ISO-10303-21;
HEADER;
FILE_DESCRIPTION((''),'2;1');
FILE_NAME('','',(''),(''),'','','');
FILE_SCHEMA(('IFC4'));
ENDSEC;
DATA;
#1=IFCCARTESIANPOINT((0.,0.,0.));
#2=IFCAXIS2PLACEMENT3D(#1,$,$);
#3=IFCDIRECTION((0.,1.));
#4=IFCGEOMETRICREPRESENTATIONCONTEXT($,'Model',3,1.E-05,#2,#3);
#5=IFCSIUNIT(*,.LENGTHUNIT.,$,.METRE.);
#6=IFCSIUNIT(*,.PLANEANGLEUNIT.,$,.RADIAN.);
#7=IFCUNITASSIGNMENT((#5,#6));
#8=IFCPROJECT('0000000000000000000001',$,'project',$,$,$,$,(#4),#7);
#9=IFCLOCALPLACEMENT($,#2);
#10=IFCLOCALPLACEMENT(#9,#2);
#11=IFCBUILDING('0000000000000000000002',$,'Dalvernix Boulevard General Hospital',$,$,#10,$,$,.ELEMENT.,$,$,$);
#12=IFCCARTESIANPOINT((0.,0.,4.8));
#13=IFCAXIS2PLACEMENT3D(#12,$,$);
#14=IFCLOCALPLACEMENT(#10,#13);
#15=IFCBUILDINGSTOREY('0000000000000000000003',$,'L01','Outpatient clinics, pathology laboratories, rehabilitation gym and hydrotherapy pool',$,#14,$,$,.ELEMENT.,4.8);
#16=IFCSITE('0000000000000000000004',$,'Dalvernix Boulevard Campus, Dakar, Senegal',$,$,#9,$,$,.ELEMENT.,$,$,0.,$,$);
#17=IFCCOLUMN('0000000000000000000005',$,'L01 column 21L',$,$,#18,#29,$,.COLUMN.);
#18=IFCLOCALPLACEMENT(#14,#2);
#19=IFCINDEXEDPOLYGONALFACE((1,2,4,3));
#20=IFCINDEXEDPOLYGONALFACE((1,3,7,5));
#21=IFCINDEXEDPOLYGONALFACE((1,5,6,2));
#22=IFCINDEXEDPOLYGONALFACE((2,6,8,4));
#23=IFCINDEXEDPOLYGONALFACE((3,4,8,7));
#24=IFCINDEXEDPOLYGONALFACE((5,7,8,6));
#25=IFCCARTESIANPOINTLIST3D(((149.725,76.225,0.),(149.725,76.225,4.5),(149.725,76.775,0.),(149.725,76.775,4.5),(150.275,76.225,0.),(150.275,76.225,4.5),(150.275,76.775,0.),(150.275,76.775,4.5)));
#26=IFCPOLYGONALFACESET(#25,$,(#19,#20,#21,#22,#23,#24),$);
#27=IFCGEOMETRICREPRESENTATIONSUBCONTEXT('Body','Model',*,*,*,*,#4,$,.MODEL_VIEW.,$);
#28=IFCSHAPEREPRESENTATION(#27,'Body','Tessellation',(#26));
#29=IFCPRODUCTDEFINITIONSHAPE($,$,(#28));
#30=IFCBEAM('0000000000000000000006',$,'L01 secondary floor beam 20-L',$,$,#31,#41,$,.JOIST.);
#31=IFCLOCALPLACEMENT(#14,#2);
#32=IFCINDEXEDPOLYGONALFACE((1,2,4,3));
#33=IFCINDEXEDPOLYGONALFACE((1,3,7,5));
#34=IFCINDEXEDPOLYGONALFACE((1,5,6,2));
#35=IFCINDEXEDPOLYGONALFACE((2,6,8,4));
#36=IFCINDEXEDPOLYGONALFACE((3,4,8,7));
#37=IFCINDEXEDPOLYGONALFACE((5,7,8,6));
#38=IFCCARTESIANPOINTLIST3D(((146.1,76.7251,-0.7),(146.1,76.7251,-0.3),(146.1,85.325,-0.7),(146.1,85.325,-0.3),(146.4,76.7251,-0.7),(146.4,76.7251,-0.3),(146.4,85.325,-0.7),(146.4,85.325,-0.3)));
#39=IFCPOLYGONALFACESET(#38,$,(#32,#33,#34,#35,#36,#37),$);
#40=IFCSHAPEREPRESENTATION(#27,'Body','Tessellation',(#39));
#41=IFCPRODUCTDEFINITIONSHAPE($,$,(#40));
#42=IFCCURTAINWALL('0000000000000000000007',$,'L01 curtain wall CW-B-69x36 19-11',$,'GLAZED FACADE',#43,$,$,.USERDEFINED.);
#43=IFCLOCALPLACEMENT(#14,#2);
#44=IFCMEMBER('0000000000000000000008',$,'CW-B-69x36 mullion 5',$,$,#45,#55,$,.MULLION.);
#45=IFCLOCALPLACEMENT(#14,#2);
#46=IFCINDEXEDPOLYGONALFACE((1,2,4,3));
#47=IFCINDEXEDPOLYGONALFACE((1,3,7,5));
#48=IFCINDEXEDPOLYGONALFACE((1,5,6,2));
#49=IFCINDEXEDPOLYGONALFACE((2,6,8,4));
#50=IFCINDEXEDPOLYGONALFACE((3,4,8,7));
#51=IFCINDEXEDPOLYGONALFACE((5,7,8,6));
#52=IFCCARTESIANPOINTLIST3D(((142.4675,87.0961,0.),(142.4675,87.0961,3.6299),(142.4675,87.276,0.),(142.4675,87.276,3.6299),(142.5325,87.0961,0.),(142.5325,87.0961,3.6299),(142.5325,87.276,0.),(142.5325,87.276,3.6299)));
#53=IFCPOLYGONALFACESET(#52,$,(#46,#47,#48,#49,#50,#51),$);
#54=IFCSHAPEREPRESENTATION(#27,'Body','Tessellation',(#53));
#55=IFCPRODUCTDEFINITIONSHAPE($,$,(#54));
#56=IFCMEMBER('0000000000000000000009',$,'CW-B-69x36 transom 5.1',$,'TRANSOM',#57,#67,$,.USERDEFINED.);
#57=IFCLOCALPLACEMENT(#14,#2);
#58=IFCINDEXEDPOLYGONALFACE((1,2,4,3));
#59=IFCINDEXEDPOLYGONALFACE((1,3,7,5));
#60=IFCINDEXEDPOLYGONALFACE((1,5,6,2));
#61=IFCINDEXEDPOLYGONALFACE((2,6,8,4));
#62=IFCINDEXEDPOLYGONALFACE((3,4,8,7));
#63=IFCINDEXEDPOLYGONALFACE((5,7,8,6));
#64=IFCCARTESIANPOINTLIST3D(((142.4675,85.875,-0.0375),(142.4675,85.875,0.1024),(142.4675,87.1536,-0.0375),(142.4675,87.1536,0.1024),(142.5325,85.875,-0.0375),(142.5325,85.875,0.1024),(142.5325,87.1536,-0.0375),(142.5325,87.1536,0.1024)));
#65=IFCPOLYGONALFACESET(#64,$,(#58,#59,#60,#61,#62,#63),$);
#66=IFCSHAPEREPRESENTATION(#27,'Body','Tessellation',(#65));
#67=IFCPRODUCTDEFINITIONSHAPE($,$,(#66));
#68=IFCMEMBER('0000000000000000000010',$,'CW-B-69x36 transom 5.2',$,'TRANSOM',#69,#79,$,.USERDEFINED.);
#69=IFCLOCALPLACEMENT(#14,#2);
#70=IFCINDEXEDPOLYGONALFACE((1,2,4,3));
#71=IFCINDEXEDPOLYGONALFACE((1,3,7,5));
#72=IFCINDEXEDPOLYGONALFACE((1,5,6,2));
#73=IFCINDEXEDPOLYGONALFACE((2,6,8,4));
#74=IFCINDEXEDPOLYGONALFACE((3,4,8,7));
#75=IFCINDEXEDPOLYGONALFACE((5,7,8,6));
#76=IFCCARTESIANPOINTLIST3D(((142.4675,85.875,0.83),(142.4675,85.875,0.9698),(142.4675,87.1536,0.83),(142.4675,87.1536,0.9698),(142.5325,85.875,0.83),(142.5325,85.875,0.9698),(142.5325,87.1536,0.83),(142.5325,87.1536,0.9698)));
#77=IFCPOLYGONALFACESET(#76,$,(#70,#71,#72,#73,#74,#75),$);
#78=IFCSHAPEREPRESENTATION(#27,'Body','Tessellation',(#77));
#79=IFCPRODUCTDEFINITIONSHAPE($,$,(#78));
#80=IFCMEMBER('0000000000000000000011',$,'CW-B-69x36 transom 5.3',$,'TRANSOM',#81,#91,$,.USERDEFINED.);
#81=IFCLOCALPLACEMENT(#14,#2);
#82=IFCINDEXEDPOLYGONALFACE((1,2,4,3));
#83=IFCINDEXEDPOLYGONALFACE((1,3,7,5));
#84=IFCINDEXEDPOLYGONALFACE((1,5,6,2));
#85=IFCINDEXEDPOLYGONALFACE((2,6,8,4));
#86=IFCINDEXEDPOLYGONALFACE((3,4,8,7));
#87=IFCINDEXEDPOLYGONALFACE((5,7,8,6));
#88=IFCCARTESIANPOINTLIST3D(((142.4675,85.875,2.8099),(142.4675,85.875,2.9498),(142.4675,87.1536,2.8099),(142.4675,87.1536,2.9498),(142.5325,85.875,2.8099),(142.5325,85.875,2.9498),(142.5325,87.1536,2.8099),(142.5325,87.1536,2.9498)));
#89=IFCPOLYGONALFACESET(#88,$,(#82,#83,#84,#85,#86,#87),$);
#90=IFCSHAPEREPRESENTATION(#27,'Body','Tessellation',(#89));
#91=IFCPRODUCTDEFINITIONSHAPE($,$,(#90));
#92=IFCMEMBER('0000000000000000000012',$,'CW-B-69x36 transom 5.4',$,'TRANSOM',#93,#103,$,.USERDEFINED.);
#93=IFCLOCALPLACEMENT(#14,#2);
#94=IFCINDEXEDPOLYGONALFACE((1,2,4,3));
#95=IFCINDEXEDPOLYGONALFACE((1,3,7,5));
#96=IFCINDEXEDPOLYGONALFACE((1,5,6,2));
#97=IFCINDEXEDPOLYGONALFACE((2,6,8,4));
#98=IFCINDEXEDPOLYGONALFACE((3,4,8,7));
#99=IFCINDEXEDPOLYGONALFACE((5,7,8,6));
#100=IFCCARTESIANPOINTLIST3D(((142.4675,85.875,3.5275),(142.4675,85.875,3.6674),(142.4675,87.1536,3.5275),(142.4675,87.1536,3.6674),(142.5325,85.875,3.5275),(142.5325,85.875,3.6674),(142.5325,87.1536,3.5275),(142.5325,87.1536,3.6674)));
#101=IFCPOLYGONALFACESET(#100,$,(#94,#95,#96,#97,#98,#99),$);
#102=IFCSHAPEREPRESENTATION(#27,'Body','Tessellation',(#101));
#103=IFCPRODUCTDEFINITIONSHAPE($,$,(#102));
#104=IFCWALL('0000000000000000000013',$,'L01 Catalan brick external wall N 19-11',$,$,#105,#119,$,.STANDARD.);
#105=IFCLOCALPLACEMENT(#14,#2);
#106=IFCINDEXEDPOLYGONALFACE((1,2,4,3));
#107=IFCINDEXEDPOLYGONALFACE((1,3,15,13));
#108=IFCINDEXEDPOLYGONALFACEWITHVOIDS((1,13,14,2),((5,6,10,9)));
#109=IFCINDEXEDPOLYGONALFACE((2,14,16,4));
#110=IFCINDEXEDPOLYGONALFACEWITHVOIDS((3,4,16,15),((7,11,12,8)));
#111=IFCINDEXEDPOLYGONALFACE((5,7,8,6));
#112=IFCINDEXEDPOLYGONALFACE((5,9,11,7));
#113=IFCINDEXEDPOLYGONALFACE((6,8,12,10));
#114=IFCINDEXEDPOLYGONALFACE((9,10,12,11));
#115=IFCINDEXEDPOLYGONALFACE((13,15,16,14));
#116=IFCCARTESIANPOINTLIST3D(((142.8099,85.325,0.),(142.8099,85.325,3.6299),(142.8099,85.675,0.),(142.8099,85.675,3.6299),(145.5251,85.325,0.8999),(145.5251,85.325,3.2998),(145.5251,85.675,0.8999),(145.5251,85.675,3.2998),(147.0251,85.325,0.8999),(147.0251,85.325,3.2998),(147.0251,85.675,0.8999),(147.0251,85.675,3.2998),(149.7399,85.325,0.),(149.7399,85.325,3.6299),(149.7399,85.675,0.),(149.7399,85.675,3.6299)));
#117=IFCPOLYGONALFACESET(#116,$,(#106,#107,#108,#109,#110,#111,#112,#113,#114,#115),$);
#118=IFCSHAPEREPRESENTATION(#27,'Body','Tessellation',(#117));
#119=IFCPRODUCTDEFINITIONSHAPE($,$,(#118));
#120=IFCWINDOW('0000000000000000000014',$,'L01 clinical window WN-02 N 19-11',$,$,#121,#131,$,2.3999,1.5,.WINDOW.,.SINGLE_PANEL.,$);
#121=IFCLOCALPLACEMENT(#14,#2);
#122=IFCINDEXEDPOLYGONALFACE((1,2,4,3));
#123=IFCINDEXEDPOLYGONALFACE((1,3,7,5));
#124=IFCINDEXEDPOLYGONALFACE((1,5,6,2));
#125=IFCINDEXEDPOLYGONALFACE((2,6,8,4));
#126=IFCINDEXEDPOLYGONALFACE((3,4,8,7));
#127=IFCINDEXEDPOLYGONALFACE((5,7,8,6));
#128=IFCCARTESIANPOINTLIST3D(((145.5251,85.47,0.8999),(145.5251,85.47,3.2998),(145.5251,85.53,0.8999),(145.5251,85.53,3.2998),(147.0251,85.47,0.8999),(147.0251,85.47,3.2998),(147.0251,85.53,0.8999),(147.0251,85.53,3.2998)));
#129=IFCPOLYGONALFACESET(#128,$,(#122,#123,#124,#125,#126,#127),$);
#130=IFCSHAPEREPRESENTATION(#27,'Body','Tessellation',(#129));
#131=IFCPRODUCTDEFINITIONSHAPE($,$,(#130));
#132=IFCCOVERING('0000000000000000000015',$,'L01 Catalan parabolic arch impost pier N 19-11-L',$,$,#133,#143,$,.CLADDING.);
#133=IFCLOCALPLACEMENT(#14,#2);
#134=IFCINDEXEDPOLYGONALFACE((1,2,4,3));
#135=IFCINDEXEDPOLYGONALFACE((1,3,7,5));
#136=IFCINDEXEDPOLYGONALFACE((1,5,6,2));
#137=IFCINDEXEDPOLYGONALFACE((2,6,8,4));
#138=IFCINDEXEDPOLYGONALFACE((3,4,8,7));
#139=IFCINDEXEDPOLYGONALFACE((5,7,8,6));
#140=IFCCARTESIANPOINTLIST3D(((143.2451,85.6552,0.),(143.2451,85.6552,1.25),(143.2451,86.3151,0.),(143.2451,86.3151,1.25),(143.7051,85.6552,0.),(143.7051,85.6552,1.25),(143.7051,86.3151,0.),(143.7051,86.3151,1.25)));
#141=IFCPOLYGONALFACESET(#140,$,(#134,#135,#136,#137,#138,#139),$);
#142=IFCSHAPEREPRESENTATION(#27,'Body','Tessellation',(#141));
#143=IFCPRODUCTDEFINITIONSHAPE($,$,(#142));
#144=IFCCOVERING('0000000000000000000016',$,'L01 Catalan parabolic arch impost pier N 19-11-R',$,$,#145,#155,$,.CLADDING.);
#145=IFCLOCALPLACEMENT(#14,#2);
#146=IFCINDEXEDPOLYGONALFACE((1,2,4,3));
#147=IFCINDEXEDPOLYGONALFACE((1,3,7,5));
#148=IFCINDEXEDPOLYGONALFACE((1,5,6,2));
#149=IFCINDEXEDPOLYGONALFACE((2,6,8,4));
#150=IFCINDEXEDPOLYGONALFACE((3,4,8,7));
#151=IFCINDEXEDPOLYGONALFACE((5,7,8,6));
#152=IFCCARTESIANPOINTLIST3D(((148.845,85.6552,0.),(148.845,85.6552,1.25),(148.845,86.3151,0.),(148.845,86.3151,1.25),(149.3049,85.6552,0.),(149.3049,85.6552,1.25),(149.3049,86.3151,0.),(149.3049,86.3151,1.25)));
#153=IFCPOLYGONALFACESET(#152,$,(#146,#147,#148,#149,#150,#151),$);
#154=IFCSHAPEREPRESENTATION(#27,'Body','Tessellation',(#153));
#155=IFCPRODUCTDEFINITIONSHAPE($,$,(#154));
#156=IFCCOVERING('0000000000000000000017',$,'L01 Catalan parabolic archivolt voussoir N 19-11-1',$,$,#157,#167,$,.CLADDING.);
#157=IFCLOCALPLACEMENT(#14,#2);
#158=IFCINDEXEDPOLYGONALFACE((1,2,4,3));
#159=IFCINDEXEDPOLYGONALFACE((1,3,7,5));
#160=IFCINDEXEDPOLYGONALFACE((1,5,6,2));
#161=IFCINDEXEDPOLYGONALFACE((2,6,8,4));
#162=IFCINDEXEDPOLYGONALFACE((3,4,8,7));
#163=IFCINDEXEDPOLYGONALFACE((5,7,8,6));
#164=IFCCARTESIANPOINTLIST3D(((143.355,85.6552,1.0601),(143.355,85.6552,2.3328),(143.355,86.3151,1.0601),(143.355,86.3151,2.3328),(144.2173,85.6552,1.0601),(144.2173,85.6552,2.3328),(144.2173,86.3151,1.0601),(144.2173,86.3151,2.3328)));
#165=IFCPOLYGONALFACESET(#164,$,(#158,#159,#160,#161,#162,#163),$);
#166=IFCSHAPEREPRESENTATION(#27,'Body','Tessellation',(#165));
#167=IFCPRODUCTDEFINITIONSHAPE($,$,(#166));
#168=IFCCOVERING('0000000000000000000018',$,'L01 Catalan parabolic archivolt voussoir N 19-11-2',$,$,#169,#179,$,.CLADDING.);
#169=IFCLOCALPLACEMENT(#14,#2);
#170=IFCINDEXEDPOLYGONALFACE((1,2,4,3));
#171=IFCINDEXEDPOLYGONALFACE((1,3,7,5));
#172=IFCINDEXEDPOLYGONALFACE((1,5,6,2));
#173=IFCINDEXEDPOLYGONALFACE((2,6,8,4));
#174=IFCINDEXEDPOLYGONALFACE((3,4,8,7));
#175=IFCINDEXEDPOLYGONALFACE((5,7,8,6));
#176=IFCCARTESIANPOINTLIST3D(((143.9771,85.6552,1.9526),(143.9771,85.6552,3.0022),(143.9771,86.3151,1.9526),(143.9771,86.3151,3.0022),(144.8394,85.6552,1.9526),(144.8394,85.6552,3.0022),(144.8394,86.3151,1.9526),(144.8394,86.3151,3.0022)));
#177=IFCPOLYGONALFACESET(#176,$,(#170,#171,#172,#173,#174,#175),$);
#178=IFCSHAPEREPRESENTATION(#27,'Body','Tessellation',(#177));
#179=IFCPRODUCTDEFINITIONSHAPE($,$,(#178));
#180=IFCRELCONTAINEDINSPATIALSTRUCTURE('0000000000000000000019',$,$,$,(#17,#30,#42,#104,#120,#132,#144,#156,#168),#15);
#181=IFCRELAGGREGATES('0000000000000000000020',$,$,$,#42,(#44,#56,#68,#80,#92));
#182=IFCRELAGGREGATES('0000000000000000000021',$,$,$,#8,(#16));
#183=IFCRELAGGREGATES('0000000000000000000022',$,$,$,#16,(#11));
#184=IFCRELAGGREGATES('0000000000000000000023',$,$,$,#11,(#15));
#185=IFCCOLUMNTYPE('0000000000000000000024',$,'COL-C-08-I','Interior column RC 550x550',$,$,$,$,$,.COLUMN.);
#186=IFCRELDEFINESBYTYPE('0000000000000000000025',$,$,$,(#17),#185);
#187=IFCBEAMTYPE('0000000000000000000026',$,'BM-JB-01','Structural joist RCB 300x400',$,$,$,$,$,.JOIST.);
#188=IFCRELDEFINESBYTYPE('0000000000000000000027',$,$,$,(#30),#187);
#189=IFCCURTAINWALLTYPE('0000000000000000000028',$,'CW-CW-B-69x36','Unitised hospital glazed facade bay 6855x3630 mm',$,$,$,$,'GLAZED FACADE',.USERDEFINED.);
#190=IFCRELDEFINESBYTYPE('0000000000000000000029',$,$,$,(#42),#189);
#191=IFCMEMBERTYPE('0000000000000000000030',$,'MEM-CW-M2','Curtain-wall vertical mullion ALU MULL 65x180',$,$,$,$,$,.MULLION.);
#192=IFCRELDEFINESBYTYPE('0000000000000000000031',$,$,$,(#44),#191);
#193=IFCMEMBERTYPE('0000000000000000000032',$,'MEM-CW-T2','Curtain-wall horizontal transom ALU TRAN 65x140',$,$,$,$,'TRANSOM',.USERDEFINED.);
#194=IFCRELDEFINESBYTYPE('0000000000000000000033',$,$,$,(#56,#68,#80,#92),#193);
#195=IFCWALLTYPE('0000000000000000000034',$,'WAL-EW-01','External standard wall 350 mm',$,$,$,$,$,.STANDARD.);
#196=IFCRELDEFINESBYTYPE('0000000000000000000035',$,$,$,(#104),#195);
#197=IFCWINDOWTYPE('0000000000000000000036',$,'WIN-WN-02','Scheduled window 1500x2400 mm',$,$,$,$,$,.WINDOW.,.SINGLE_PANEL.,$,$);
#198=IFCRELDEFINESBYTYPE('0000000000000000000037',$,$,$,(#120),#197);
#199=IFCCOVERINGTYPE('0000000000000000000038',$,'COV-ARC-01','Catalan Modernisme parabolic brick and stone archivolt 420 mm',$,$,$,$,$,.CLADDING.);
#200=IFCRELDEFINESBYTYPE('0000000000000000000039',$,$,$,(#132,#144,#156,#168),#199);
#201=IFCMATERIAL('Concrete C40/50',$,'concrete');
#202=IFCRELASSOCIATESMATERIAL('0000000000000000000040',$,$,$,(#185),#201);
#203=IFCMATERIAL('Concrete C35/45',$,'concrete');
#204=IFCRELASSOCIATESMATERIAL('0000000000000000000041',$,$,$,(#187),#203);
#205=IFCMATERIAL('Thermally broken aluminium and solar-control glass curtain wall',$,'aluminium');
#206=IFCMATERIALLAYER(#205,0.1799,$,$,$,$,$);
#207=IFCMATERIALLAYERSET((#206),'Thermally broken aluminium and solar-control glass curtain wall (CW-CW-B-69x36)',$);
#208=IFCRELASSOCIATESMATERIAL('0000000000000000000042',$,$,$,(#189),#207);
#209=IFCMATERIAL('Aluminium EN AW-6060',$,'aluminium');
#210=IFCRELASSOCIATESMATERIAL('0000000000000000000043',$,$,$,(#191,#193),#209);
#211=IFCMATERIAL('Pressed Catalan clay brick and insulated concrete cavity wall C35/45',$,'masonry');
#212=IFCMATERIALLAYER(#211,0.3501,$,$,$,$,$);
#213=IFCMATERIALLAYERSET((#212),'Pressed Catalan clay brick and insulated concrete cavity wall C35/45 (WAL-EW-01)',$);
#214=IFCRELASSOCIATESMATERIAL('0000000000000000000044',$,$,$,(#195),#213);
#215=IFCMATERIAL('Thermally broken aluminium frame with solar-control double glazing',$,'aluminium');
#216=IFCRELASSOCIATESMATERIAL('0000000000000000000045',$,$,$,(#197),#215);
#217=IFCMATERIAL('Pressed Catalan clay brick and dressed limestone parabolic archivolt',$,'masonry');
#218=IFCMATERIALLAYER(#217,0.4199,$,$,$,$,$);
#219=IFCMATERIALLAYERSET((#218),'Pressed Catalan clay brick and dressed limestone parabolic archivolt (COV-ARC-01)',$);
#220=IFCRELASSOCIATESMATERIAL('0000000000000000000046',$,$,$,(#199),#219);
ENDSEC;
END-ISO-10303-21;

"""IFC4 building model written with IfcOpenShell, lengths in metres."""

from ifc_helpers import new_model, si_unit, direction, frame, frame_2d, origin, origin_2d, place, context, subcontext, project, spatial, rectangle, extrude, material, layer, layer_set, material_profile, profile_set, type_object, element, fill, aggregate, save


model = new_model("IFC4")

# Units and contexts
model_context = context("Model", 3, precision=1e-05, world=origin(), true_north=direction((0.0, 1.0)))
body_context = subcontext(model_context, "Body", "Model", "MODEL_VIEW")
ifc_project = project(units=[si_unit("LENGTHUNIT", "METRE"), si_unit("PLANEANGLEUNIT", "RADIAN")], contexts=[model_context])

# Site, building, storey
site_placement = place(None, origin())
site = spatial("IfcSite", under=ifc_project, at=site_placement, Name="Dalvernix Boulevard Campus, Dakar, Senegal", CompositionType="ELEMENT", RefElevation=0.0)
building_placement = place(site_placement, origin())
building = spatial("IfcBuilding", under=site, at=building_placement, Name="Dalvernix Boulevard General Hospital", CompositionType="ELEMENT")
storey_placement = place(building_placement, frame((0.0, 0.0, 4.8)))
storey = spatial("IfcBuildingStorey", under=building, at=storey_placement, Name="L01", Description="Outpatient clinics, pathology laboratories, rehabilitation gym and hydrotherapy pool", CompositionType="ELEMENT", Elevation=4.8)

# Column
ifc_material_1 = material(Name="Concrete C40/50", Category="concrete")
ifc_material_profile_1 = material_profile(ifc_material_1, rectangle(XDim=0.55, YDim=0.55, at=origin_2d()), Name="RC 550x550")
ifc_profile_set_1 = profile_set([ifc_material_profile_1], Name="Concrete C40/50")
column_type = type_object("IfcColumnType", Name="COL-C-08-I", Description="Interior column RC 550x550", PredefinedType="COLUMN", material=ifc_profile_set_1)
column_placement = place(storey_placement, frame((150.0, 76.5, 0.0), z_axis=(0.0, 0.0, 1.0), x_axis=(1.0, 0.0, 0.0)))
element("IfcColumn", 1, at=column_placement, inside=storey, type_object=column_type, Name="L01 column 21L", PredefinedType="COLUMN", context=body_context, shape_type="SweptSolid", body=[
    extrude(rectangle(XDim=0.55, YDim=0.55, at=origin_2d()), origin(), (0.0, 0.0, 1.0), 4.5),
])

# Beam
ifc_material_2 = material(Name="Concrete C35/45", Category="concrete")
ifc_material_profile_2 = material_profile(ifc_material_2, rectangle(XDim=0.3, YDim=0.3999, at=origin_2d()), Name="RCB 300x400")
ifc_profile_set_2 = profile_set([ifc_material_profile_2], Name="Concrete C35/45")
beam_type = type_object("IfcBeamType", Name="BM-JB-01", Description="Structural joist RCB 300x400", PredefinedType="JOIST", material=ifc_profile_set_2)
beam_placement = place(storey_placement, frame((146.25, 76.7251, -0.5), z_axis=(0.0, 1.0, 0.0), x_axis=(-1.0, 0.0, 0.0)))
element("IfcBeam", 2, at=beam_placement, inside=storey, type_object=beam_type, Name="L01 secondary floor beam 20-L", PredefinedType="JOIST", context=body_context, shape_type="SweptSolid", body=[
    extrude(rectangle(XDim=0.3, YDim=0.3999, at=origin_2d()), origin(), (0.0, 0.0, 1.0), 8.5999),
])

# Curtain wall, members
ifc_material_3 = material(Name="Thermally broken aluminium and solar-control glass curtain wall", Category="aluminium")
ifc_layer_1 = layer(ifc_material_3, 0.1799)
ifc_layer_set_1 = layer_set([ifc_layer_1], Name="Thermally broken aluminium and solar-control glass curtain wall (CW-CW-B-69x36)")
curtain_wall_type = type_object("IfcCurtainWallType", Name="CW-CW-B-69x36", Description="Unitised hospital glazed facade bay 6855x3630 mm", ElementType="GLAZED FACADE", PredefinedType="USERDEFINED", material=ifc_layer_set_1)
curtain_wall_placement = place(storey_placement, origin())
curtain_wall = element("IfcCurtainWall", 3, at=curtain_wall_placement, inside=storey, type_object=curtain_wall_type, Name="L01 curtain wall CW-B-69x36 19-11", ObjectType="GLAZED FACADE", PredefinedType="USERDEFINED")
ifc_material_4 = material(Name="Aluminium EN AW-6060", Category="aluminium")
ifc_material_profile_3 = material_profile(ifc_material_4, rectangle(XDim=0.0649, YDim=0.1799, at=origin_2d()), Name="ALU MULL 65x180")
ifc_profile_set_3 = profile_set([ifc_material_profile_3], Name="Aluminium EN AW-6060")
member_type_1 = type_object("IfcMemberType", Name="MEM-CW-M2", Description="Curtain-wall vertical mullion ALU MULL 65x180", PredefinedType="MULLION", material=ifc_profile_set_3)
member_1_placement = place(storey_placement, frame((142.5, 87.186, 0.0), z_axis=(0.0, 0.0, 1.0), x_axis=(1.0, 0.0, 0.0)))
member_1 = element("IfcMember", 4, at=member_1_placement, type_object=member_type_1, Name="CW-B-69x36 mullion 5", PredefinedType="MULLION", context=body_context, shape_type="SweptSolid", body=[
    extrude(rectangle(XDim=0.0649, YDim=0.1799, at=origin_2d()), origin(), (0.0, 0.0, 1.0), 3.6299),
])
ifc_material_profile_4 = material_profile(ifc_material_4, rectangle(XDim=0.0649, YDim=0.1399, at=origin_2d()), Name="ALU TRAN 65x140")
ifc_profile_set_4 = profile_set([ifc_material_profile_4], Name="Aluminium EN AW-6060")
member_type_2 = type_object("IfcMemberType", Name="MEM-CW-T2", Description="Curtain-wall horizontal transom ALU TRAN 65x140", ElementType="TRANSOM", PredefinedType="USERDEFINED", material=ifc_profile_set_4)
member_2_placement = place(storey_placement, frame((142.5, 87.1536, 0.0325), z_axis=(0.0, -1.0, 0.0), x_axis=(1.0, 0.0, 0.0)))
member_2 = element("IfcMember", 5, at=member_2_placement, type_object=member_type_2, Name="CW-B-69x36 transom 5.1", ObjectType="TRANSOM", PredefinedType="USERDEFINED", context=body_context, shape_type="SweptSolid", body=[
    extrude(rectangle(XDim=0.0649, YDim=0.1399, at=origin_2d()), origin(), (0.0, 0.0, 1.0), 1.2786),
])
member_3_placement = place(storey_placement, frame((142.5, 87.1536, 0.8999), z_axis=(0.0, -1.0, 0.0), x_axis=(1.0, 0.0, 0.0)))
member_3 = element("IfcMember", 6, at=member_3_placement, type_object=member_type_2, Name="CW-B-69x36 transom 5.2", ObjectType="TRANSOM", PredefinedType="USERDEFINED", context=body_context, shape_type="SweptSolid", body=[
    extrude(rectangle(XDim=0.0649, YDim=0.1399, at=origin_2d()), origin(), (0.0, 0.0, 1.0), 1.2786),
])
member_4_placement = place(storey_placement, frame((142.5, 87.1536, 2.8799), z_axis=(0.0, -1.0, 0.0), x_axis=(1.0, 0.0, 0.0)))
member_4 = element("IfcMember", 7, at=member_4_placement, type_object=member_type_2, Name="CW-B-69x36 transom 5.3", ObjectType="TRANSOM", PredefinedType="USERDEFINED", context=body_context, shape_type="SweptSolid", body=[
    extrude(rectangle(XDim=0.0649, YDim=0.1399, at=origin_2d()), origin(), (0.0, 0.0, 1.0), 1.2786),
])
member_5_placement = place(storey_placement, frame((142.5, 87.1536, 3.5974), z_axis=(0.0, -1.0, 0.0), x_axis=(1.0, 0.0, 0.0)))
member_5 = element("IfcMember", 8, at=member_5_placement, type_object=member_type_2, Name="CW-B-69x36 transom 5.4", ObjectType="TRANSOM", PredefinedType="USERDEFINED", context=body_context, shape_type="SweptSolid", body=[
    extrude(rectangle(XDim=0.0649, YDim=0.1399, at=origin_2d()), origin(), (0.0, 0.0, 1.0), 1.2786),
])
aggregate(curtain_wall, [member_1, member_2, member_3, member_4, member_5])

# Wall, opening, window
ifc_material_5 = material(Name="Pressed Catalan clay brick and insulated concrete cavity wall C35/45", Category="masonry")
ifc_layer_2 = layer(ifc_material_5, 0.3501)
ifc_layer_set_2 = layer_set([ifc_layer_2], Name="Pressed Catalan clay brick and insulated concrete cavity wall C35/45 (WAL-EW-01)")
wall_type = type_object("IfcWallType", Name="WAL-EW-01", Description="External standard wall 350 mm", PredefinedType="STANDARD", material=ifc_layer_set_2)
wall_placement = place(storey_placement, frame((142.8101, 85.5, 0.0), z_axis=(0.0, 0.0, 1.0), x_axis=(1.0, 0.0, 0.0)))
wall = element("IfcWall", 9, at=wall_placement, inside=storey, type_object=wall_type, Name="L01 Catalan brick external wall N 19-11", PredefinedType="STANDARD", context=body_context, shape_type="SweptSolid", body=[
    extrude(rectangle(XDim=6.9299, YDim=0.3501, at=frame_2d((3.4648, 0.0))), origin(), (0.0, 0.0, 1.0), 3.6299),
])
opening_placement = place(wall_placement, frame((2.7151, 0.0, 0.8999)))
opening = element("IfcOpeningElement", 10, at=opening_placement, cuts=wall, PredefinedType="OPENING", context=body_context, shape_type="SweptSolid", body=[
    extrude(rectangle(XDim=1.5, YDim=2.3999, at=frame_2d((0.75, 1.2))), frame((0.0, 0.1851, 0.0), z_axis=(0.0, -1.0, 0.0), x_axis=(1.0, 0.0, 0.0)), (0.0, 0.0, 1.0), 0.3701),
])
ifc_material_6 = material(Name="Thermally broken aluminium frame with solar-control double glazing", Category="aluminium")
window_type = type_object("IfcWindowType", Name="WIN-WN-02", Description="Scheduled window 1500x2400 mm", PartitioningType="SINGLE_PANEL", PredefinedType="WINDOW", material=ifc_material_6)
window_placement = place(opening_placement, origin())
window = element("IfcWindow", 11, at=window_placement, inside=storey, type_object=window_type, Name="L01 clinical window WN-02 N 19-11", OverallHeight=2.3999, OverallWidth=1.5, PartitioningType="SINGLE_PANEL", PredefinedType="WINDOW", context=body_context, shape_type="SweptSolid", body=[
    extrude(rectangle(XDim=1.5, YDim=2.3999, at=frame_2d((0.75, 1.2))), frame((0.0, 0.03, 0.0), z_axis=(0.0, -1.0, 0.0), x_axis=(1.0, 0.0, 0.0)), (0.0, 0.0, 1.0), 0.0601),
])
fill(opening, window)

# Coverings
ifc_material_7 = material(Name="Pressed Catalan clay brick and dressed limestone parabolic archivolt", Category="masonry")
ifc_layer_3 = layer(ifc_material_7, 0.4199)
ifc_layer_set_3 = layer_set([ifc_layer_3], Name="Pressed Catalan clay brick and dressed limestone parabolic archivolt (COV-ARC-01)")
covering_type_1 = type_object("IfcCoveringType", Name="COV-ARC-01", Description="Catalan Modernisme parabolic brick and stone archivolt 420 mm", PredefinedType="CLADDING", material=ifc_layer_set_3)
for number, where, z_axis, x_axis, name in (
    (12, (143.4751, 85.9851, 0.0), (0.0, 0.0, 1.0), (1.0, 0.0, 0.0), "L01 Catalan parabolic arch impost pier N 19-11-L"),
    (13, (149.075, 85.9851, 0.0), (0.0, 0.0, 1.0), (1.0, 0.0, 0.0), "L01 Catalan parabolic arch impost pier N 19-11-R"),
):
    element("IfcCovering", number, at=place(storey_placement, frame(where, z_axis=z_axis, x_axis=x_axis)), inside=storey, type_object=covering_type_1, Name=name, PredefinedType="CLADDING", context=body_context, shape_type="SweptSolid", body=[
        extrude(rectangle(XDim=0.46, YDim=0.6599, at=origin_2d()), origin(), (0.0, 0.0, 1.0), 1.25),
    ])
covering_1_placement = place(storey_placement, frame((143.7861, 85.9851, 1.0601), z_axis=(0.0, 0.0, 1.0), x_axis=(1.0, 0.0, 0.0)))
element("IfcCovering", 14, at=covering_1_placement, inside=storey, type_object=covering_type_1, Name="L01 Catalan parabolic archivolt voussoir N 19-11-1", PredefinedType="CLADDING", context=body_context, shape_type="SweptSolid", body=[
    extrude(rectangle(XDim=0.8623, YDim=0.6599, at=origin_2d()), origin(), (0.0, 0.0, 1.0), 1.2727),
])
covering_2_placement = place(storey_placement, frame((144.4082, 85.9851, 1.9526), z_axis=(0.0, 0.0, 1.0), x_axis=(1.0, 0.0, 0.0)))
element("IfcCovering", 15, at=covering_2_placement, inside=storey, type_object=covering_type_1, Name="L01 Catalan parabolic archivolt voussoir N 19-11-2", PredefinedType="CLADDING", context=body_context, shape_type="SweptSolid", body=[
    extrude(rectangle(XDim=0.8623, YDim=0.6599, at=origin_2d()), origin(), (0.0, 0.0, 1.0), 1.0496),
])

save(model, "model.ifc")
